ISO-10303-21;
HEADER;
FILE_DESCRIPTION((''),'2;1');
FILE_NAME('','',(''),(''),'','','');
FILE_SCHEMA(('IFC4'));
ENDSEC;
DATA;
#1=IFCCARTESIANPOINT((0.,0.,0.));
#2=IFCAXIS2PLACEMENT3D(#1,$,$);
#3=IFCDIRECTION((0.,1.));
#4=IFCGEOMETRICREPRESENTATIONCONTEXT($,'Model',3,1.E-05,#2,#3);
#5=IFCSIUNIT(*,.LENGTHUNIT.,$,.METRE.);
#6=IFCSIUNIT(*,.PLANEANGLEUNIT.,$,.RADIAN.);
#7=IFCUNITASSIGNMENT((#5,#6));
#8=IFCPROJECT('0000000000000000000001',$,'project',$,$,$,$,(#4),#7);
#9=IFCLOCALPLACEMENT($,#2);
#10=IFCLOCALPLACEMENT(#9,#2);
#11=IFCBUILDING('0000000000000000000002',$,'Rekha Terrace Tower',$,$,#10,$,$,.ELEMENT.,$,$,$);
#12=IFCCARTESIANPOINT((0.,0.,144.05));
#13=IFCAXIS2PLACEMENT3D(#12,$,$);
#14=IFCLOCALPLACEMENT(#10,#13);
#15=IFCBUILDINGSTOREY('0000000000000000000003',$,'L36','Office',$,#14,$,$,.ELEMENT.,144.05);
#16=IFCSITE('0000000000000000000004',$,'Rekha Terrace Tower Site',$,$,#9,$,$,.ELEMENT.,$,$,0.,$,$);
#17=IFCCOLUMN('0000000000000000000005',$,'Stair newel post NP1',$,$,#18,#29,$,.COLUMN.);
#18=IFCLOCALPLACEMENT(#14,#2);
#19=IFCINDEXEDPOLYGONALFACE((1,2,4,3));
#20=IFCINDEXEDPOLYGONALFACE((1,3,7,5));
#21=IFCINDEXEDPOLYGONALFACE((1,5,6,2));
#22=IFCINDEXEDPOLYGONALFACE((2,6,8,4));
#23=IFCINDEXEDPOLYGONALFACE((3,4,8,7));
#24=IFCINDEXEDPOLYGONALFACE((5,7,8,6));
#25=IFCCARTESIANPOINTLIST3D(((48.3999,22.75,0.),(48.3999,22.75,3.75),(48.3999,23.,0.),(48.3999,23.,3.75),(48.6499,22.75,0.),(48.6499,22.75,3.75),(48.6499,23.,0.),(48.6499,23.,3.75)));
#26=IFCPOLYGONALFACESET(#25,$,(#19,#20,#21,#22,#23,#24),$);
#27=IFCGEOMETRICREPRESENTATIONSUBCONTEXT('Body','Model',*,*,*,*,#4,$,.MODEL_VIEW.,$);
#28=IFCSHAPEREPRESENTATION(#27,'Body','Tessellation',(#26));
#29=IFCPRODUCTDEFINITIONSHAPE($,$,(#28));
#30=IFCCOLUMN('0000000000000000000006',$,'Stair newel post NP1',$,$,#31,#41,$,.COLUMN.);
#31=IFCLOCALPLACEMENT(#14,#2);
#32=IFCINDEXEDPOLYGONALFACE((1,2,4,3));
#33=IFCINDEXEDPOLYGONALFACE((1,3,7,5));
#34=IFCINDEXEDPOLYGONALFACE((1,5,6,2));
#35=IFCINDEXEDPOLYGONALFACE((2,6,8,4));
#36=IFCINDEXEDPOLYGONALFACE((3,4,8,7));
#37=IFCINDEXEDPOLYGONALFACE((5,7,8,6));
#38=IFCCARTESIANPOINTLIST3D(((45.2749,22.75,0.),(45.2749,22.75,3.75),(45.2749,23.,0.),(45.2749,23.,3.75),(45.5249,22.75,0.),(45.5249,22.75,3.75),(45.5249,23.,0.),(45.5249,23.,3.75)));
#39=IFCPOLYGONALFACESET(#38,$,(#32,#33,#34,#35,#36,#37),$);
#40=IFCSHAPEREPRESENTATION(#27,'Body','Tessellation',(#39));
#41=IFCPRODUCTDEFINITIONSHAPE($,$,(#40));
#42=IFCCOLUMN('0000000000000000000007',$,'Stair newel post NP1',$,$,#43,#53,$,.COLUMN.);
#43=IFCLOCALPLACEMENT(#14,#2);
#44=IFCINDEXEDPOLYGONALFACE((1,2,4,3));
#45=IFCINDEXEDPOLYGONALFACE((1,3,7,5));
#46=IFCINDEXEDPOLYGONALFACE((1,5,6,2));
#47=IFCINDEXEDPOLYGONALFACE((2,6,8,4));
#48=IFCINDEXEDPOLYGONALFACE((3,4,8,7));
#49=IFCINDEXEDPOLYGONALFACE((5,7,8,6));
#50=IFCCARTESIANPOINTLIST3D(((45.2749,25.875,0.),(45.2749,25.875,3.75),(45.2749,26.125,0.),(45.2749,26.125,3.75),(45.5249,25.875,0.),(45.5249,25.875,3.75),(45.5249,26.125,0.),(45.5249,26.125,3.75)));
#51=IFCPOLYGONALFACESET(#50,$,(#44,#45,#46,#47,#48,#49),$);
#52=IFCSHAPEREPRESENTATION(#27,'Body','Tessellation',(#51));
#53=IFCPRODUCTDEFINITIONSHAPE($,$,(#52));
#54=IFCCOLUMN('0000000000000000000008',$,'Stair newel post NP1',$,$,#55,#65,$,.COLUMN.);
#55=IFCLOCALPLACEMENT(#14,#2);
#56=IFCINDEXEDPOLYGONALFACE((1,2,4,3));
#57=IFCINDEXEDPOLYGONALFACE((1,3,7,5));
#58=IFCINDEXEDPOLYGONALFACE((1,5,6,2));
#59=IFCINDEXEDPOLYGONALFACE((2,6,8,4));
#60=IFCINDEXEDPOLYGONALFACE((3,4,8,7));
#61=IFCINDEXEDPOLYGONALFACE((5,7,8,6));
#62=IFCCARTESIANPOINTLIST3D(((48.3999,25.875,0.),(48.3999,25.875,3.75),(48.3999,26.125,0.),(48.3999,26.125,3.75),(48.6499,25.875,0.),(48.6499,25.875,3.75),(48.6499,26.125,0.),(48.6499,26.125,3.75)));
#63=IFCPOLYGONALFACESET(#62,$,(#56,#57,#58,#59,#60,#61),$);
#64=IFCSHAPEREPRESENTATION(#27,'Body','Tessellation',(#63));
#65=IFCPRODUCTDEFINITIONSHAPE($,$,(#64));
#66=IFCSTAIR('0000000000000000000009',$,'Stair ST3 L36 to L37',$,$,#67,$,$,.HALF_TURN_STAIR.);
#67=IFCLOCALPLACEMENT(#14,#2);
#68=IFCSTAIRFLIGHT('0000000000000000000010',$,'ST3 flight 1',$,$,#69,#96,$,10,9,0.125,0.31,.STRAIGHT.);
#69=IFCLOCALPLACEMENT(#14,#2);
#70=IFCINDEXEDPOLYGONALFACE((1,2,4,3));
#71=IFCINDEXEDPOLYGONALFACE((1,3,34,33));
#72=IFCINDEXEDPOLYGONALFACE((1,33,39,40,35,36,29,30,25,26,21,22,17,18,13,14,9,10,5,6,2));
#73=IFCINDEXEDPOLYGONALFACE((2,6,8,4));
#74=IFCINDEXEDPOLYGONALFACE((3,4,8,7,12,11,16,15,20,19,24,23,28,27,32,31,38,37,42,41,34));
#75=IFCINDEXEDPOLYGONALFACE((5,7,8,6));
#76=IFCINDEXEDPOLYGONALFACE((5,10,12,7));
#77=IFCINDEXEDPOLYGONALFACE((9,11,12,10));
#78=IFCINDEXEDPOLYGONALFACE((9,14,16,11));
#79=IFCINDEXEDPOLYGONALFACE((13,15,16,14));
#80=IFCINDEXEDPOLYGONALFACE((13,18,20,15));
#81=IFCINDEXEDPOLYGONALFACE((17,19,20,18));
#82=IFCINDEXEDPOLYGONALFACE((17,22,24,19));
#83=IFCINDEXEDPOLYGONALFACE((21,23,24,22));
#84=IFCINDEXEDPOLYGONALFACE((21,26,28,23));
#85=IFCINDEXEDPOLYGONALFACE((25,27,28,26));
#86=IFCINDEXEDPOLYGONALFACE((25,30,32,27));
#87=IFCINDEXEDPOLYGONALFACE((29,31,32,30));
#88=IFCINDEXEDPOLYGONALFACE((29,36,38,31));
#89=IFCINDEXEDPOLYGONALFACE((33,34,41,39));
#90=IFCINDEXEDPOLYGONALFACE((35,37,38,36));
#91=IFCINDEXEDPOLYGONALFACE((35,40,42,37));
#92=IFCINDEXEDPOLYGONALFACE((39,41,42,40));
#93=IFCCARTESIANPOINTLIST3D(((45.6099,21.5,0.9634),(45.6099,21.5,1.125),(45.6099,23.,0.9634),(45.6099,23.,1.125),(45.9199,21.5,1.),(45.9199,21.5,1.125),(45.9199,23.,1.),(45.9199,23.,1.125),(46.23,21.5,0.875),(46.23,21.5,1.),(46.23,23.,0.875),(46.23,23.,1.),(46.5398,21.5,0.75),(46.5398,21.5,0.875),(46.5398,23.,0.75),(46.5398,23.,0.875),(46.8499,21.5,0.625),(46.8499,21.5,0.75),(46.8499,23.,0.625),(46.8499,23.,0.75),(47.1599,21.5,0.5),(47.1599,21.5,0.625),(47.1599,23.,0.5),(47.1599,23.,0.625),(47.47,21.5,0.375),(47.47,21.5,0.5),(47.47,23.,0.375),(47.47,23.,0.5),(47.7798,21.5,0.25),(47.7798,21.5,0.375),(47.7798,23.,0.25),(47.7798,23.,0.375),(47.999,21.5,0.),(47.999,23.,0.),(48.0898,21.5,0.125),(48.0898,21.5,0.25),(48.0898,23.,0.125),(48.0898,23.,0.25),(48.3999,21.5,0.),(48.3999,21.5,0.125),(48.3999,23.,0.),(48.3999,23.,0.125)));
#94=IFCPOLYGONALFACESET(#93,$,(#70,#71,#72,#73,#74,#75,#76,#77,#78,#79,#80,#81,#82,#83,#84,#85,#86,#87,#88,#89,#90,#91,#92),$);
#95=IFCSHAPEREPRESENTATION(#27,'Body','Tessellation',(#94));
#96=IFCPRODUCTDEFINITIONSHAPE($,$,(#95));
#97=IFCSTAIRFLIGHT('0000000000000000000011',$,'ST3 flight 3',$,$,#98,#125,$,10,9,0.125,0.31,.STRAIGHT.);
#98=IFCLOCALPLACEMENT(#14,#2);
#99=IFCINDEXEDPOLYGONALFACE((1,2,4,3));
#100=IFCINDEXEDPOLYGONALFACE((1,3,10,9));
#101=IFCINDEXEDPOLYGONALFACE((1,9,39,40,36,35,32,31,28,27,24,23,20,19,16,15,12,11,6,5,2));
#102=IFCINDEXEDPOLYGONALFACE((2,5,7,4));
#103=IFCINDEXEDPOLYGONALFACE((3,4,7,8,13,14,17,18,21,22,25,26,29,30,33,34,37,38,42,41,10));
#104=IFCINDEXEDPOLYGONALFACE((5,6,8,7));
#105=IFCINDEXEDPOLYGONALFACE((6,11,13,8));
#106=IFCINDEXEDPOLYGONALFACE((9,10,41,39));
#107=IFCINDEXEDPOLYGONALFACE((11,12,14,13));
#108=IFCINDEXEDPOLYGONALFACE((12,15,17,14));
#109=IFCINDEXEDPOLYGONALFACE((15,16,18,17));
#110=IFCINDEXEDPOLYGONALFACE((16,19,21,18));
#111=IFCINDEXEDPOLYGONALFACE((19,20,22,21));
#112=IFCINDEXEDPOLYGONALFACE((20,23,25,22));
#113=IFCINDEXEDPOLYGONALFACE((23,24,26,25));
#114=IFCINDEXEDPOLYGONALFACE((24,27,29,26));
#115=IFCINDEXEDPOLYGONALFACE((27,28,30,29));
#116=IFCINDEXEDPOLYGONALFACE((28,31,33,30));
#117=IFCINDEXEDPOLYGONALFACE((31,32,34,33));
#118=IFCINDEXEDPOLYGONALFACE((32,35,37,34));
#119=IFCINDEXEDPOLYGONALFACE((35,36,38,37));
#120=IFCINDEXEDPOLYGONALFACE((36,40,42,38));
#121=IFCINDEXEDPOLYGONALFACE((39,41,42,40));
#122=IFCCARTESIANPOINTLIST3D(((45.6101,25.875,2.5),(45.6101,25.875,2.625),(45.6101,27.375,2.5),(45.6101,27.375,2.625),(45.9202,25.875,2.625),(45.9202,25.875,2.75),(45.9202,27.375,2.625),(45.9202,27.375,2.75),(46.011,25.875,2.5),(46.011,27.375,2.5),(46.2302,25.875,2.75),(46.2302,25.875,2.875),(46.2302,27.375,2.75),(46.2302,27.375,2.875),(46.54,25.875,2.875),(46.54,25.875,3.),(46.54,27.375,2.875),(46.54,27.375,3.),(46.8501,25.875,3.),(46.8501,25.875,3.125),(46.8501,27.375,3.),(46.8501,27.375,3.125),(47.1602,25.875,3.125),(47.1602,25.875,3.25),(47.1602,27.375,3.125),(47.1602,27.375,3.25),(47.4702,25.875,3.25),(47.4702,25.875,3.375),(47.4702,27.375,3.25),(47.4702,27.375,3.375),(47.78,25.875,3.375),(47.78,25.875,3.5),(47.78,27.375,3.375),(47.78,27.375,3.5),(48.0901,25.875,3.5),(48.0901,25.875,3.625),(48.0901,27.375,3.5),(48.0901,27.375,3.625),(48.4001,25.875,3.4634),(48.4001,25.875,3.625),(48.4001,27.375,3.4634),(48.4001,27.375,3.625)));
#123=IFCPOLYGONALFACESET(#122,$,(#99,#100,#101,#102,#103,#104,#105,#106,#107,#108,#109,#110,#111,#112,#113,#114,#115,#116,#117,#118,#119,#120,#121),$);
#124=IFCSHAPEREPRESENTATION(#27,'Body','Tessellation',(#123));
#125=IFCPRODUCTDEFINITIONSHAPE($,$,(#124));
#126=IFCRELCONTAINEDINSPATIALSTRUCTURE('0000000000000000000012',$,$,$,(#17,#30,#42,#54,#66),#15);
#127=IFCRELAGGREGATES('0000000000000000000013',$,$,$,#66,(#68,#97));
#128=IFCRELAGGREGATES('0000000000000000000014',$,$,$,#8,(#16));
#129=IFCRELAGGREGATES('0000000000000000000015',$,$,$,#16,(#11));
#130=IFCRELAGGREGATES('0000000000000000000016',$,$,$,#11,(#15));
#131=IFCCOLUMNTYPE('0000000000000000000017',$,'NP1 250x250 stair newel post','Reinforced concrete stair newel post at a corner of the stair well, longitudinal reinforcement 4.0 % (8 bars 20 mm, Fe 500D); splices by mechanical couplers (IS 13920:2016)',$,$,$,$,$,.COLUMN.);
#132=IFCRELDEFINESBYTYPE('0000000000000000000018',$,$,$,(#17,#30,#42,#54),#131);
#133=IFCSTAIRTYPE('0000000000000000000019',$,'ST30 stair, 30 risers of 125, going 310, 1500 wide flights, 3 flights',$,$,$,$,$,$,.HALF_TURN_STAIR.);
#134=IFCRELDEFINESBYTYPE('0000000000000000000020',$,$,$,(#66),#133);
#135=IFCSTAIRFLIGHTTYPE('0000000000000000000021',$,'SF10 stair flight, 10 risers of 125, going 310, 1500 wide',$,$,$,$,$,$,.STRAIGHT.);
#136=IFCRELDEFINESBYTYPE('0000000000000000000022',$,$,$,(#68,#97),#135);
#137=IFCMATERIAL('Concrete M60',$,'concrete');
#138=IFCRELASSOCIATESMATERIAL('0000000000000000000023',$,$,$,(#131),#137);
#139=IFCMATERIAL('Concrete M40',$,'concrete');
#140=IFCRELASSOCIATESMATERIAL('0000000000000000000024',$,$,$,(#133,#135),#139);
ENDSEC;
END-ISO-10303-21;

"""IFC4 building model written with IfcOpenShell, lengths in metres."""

from ifc_helpers import new_model, si_unit, direction, frame, origin, origin_2d, place, context, subcontext, project, spatial, polyline, rectangle, outline, extrude, material, material_profile, profile_set, type_object, element, aggregate, save


model = new_model("IFC4")

# Units and contexts
model_context = context("Model", 3, precision=1e-05, world=origin(), true_north=direction((0.0, 1.0)))
body_context = subcontext(model_context, "Body", "Model", "MODEL_VIEW")
ifc_project = project(units=[si_unit("LENGTHUNIT", "METRE"), si_unit("PLANEANGLEUNIT", "RADIAN")], contexts=[model_context])

# Site, building, storey
site_placement = place(None, origin())
site = spatial("IfcSite", under=ifc_project, at=site_placement, Name="Rekha Terrace Tower Site", CompositionType="ELEMENT", RefElevation=0.0)
building_placement = place(site_placement, origin())
building = spatial("IfcBuilding", under=site, at=building_placement, Name="Rekha Terrace Tower", CompositionType="ELEMENT")
storey_placement = place(building_placement, frame((0.0, 0.0, 144.05)))
storey = spatial("IfcBuildingStorey", under=building, at=storey_placement, Name="L36", Description="Office", CompositionType="ELEMENT", Elevation=144.05)

# Columns
ifc_material_1 = material(Name="Concrete M60", Category="concrete")
ifc_material_profile = material_profile(ifc_material_1, rectangle(XDim=0.25, YDim=0.25, at=origin_2d()), Name="RC 250x250")
ifc_profile_set = profile_set([ifc_material_profile], Name="Concrete M60")
column_type = type_object("IfcColumnType", Name="NP1 250x250 stair newel post", Description="Reinforced concrete stair newel post at a corner of the stair well, longitudinal reinforcement 4.0 % (8 bars 20 mm, Fe 500D); splices by mechanical couplers (IS 13920:2016)", PredefinedType="COLUMN", material=ifc_profile_set)
for number, where, z_axis, x_axis, name in (
    (1, (48.5249, 22.875, 0.0), (0.0, 0.0, 1.0), (1.0, 0.0, 0.0), "Stair newel post NP1"),
    (2, (45.3999, 22.875, 0.0), (0.0, 0.0, 1.0), (1.0, 0.0, 0.0), "Stair newel post NP1"),
    (3, (45.3999, 26.0, 0.0), (0.0, 0.0, 1.0), (1.0, 0.0, 0.0), "Stair newel post NP1"),
    (4, (48.5249, 26.0, 0.0), (0.0, 0.0, 1.0), (1.0, 0.0, 0.0), "Stair newel post NP1"),
):
    element("IfcColumn", number, at=place(storey_placement, frame(where, z_axis=z_axis, x_axis=x_axis)), inside=storey, type_object=column_type, Name=name, PredefinedType="COLUMN", context=body_context, shape_type="SweptSolid", body=[
        extrude(rectangle(XDim=0.25, YDim=0.25, at=origin_2d()), origin(), (0.0, 0.0, 1.0), 3.75),
    ])

# Stair, stair flights
ifc_material_2 = material(Name="Concrete M40", Category="concrete")
stair_type = type_object("IfcStairType", Name="ST30 stair, 30 risers of 125, going 310, 1500 wide flights, 3 flights", PredefinedType="HALF_TURN_STAIR", material=ifc_material_2)
stair_placement = place(storey_placement, origin())
stair = element("IfcStair", 5, at=stair_placement, inside=storey, type_object=stair_type, Name="Stair ST3 L36 to L37", PredefinedType="HALF_TURN_STAIR")
stair_flight_type = type_object("IfcStairFlightType", Name="SF10 stair flight, 10 risers of 125, going 310, 1500 wide", PredefinedType="STRAIGHT", material=ifc_material_2)
stair_flight_1_placement = place(storey_placement, frame((48.3999, 22.25, 0.0), z_axis=(0.0, 0.0, 1.0), x_axis=(-1.0, 0.0, 0.0)))
stair_flight_1 = element("IfcStairFlight", 6, at=stair_flight_1_placement, type_object=stair_flight_type, Name="ST3 flight 1", NumberOfRisers=10, NumberOfTreads=9, PredefinedType="STRAIGHT", RiserHeight=0.125, TreadLength=0.31, context=body_context, shape_type="SweptSolid", body=[
    extrude(outline(polyline([(0.0, 0.0), (0.0, 0.125), (0.3101, 0.125), (0.3101, 0.25), (0.6201, 0.25), (0.6201, 0.375), (0.9299, 0.375), (0.9299, 0.5), (1.24, 0.5), (1.24, 0.625), (1.55, 0.625), (1.55, 0.75), (1.8601, 0.75), (1.8601, 0.875), (2.1699, 0.875), (2.1699, 1.0), (2.48, 1.0), (2.48, 1.125), (2.79, 1.125), (2.79, 1.25), (2.79, 0.9634), (0.4009, 0.0), (0.0, 0.0)])), frame((0.0, 0.75, 0.0), z_axis=(0.0, -1.0, 0.0), x_axis=(1.0, 0.0, 0.0)), (0.0, 0.0, 1.0), 1.5),
])
stair_flight_2_placement = place(storey_placement, frame((45.6101, 26.625, 2.5), z_axis=(0.0, 0.0, 1.0), x_axis=(1.0, 0.0, 0.0)))
stair_flight_2 = element("IfcStairFlight", 7, at=stair_flight_2_placement, type_object=stair_flight_type, Name="ST3 flight 3", NumberOfRisers=10, NumberOfTreads=9, PredefinedType="STRAIGHT", RiserHeight=0.125, TreadLength=0.31, context=body_context, shape_type="SweptSolid", body=[
    extrude(outline(polyline([(0.0, 0.0), (0.0, 0.125), (0.3101, 0.125), (0.3101, 0.25), (0.6201, 0.25), (0.6201, 0.375), (0.9299, 0.375), (0.9299, 0.5), (1.24, 0.5), (1.24, 0.625), (1.55, 0.625), (1.55, 0.75), (1.8601, 0.75), (1.8601, 0.875), (2.1699, 0.875), (2.1699, 1.0), (2.48, 1.0), (2.48, 1.125), (2.79, 1.125), (2.79, 1.25), (2.79, 0.9634), (0.4009, 0.0), (0.0, 0.0)])), frame((0.0, 0.75, 0.0), z_axis=(0.0, -1.0, 0.0), x_axis=(1.0, 0.0, 0.0)), (0.0, 0.0, 1.0), 1.5),
])
aggregate(stair, [stair_flight_1, stair_flight_2])

save(model, "model.ifc")
